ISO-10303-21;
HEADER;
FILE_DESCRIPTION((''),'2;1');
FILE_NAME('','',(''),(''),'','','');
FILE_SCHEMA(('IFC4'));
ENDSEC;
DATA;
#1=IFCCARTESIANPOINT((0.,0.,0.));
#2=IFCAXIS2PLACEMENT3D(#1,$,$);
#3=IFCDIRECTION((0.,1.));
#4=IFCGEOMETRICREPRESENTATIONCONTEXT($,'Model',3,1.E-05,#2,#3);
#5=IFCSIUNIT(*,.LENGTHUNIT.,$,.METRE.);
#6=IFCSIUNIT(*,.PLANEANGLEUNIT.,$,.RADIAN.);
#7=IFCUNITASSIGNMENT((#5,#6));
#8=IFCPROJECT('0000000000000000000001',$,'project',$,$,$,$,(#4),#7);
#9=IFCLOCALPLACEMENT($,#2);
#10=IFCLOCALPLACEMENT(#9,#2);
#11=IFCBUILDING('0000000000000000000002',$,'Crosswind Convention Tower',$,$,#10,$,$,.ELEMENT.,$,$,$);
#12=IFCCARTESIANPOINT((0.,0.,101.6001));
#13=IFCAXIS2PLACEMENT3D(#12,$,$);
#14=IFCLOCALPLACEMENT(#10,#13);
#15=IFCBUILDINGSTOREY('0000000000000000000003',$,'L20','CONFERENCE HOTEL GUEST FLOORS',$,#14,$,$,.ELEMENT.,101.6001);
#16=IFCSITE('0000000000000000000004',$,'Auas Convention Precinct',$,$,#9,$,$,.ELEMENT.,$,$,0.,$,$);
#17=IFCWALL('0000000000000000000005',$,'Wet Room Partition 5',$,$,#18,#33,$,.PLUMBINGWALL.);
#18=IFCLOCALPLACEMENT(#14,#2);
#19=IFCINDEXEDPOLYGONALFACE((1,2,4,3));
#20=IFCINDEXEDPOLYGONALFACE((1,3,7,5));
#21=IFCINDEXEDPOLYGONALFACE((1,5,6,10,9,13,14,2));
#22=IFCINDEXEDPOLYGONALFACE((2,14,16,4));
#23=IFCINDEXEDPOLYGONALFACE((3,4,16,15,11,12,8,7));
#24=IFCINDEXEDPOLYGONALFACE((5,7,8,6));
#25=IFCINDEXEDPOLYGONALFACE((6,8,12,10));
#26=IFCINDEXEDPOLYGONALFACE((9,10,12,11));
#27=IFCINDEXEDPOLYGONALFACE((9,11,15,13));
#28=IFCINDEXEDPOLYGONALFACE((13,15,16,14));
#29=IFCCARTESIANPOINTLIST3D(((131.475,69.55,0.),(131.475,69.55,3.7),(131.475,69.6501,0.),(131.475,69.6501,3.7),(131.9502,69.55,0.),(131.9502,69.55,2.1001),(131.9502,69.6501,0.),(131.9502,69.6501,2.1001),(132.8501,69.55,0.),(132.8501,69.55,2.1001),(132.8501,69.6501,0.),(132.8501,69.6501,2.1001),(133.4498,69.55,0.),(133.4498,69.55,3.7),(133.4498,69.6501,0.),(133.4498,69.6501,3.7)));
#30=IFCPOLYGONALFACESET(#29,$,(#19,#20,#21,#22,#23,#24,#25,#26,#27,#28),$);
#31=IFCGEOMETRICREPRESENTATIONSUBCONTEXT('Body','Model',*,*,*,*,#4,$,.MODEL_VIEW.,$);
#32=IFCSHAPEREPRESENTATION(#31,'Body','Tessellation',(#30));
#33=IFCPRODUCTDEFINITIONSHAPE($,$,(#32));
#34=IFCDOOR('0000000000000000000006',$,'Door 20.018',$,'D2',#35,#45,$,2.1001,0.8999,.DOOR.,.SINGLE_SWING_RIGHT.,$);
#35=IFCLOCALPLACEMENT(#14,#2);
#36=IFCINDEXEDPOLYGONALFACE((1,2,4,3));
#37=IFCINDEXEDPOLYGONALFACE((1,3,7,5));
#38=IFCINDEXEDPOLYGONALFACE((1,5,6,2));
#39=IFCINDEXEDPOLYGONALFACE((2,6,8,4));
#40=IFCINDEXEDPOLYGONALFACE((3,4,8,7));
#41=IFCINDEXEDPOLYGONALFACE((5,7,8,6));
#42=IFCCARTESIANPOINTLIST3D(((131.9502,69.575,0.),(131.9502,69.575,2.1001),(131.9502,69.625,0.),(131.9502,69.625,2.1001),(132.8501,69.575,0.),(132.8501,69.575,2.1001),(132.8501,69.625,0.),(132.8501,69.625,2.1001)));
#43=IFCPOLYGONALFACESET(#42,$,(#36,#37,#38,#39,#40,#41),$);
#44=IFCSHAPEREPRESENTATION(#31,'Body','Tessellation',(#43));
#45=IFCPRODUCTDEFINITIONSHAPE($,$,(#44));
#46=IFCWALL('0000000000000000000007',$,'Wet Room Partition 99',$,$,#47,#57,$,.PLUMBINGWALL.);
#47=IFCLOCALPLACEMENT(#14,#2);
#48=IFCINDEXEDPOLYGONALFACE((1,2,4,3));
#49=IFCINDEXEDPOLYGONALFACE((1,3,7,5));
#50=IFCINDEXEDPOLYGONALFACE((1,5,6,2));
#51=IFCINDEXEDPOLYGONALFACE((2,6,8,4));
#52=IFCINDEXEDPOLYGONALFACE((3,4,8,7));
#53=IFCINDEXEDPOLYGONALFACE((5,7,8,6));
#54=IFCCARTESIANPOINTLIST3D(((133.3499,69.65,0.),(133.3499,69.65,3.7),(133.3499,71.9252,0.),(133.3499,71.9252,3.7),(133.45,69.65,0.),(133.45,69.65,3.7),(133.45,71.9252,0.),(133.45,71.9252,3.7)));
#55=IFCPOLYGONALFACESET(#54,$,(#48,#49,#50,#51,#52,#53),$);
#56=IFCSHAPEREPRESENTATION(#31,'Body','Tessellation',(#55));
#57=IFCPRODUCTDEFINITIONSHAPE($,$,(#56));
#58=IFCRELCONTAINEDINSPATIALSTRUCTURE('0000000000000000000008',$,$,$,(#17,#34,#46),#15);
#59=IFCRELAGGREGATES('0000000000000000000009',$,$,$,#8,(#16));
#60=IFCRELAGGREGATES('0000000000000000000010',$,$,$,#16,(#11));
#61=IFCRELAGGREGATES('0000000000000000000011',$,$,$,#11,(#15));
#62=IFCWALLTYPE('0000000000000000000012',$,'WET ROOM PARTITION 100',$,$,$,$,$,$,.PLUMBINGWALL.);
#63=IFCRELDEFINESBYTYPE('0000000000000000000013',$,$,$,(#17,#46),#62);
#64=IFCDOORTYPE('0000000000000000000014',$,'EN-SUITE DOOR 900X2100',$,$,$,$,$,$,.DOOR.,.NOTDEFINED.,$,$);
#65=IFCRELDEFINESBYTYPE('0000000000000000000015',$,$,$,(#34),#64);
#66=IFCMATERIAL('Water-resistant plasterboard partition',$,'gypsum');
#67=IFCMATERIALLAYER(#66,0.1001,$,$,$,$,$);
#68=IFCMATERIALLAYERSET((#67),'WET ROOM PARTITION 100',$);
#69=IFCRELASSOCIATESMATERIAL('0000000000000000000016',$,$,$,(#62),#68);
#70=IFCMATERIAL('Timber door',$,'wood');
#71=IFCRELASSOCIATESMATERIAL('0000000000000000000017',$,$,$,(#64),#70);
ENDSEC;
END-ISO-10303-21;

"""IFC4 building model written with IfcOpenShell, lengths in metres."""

from ifc_helpers import new_model, si_unit, direction, frame, frame_2d, origin, place, context, subcontext, project, spatial, rectangle, extrude, material, layer, layer_set, type_object, element, fill, save


model = new_model("IFC4")

# Units and contexts
model_context = context("Model", 3, precision=1e-05, world=origin(), true_north=direction((0.0, 1.0)))
body_context = subcontext(model_context, "Body", "Model", "MODEL_VIEW")
ifc_project = project(units=[si_unit("LENGTHUNIT", "METRE"), si_unit("PLANEANGLEUNIT", "RADIAN")], contexts=[model_context])

# Site, building, storey
site_placement = place(None, origin())
site = spatial("IfcSite", under=ifc_project, at=site_placement, Name="Auas Convention Precinct", CompositionType="ELEMENT", RefElevation=0.0)
building_placement = place(site_placement, origin())
building = spatial("IfcBuilding", under=site, at=building_placement, Name="Crosswind Convention Tower", CompositionType="ELEMENT")
storey_placement = place(building_placement, frame((0.0, 0.0, 101.6001)))
storey = spatial("IfcBuildingStorey", under=building, at=storey_placement, Name="L20", Description="CONFERENCE HOTEL GUEST FLOORS", CompositionType="ELEMENT", Elevation=101.6001)

# Wall, opening, door
ifc_material_1 = material(Name="Water-resistant plasterboard partition", Category="gypsum")
ifc_layer_1 = layer(ifc_material_1, 0.1001)
ifc_layer_set_1 = layer_set([ifc_layer_1], Name="WET ROOM PARTITION 100")
wall_type_1 = type_object("IfcWallType", Name="WET ROOM PARTITION 100", PredefinedType="PLUMBINGWALL", material=ifc_layer_set_1)
ifc_material_2 = material(Name="Timber door", Category="wood")
door_type_1 = type_object("IfcDoorType", Name="EN-SUITE DOOR 900X2100", OperationType="NOTDEFINED", PredefinedType="DOOR", material=ifc_material_2)
wall_1_placement = place(storey_placement, frame((131.4751, 69.6001, 0.0), z_axis=(0.0, 0.0, 1.0), x_axis=(1.0, 0.0, 0.0)))
wall_1 = element("IfcWall", 1, at=wall_1_placement, inside=storey, type_object=wall_type_1, Name="Wet Room Partition 5", PredefinedType="PLUMBINGWALL", context=body_context, shape_type="SweptSolid", body=[
    extrude(rectangle(XDim=1.9749, YDim=0.1001, at=frame_2d((0.9873, 0.0))), origin(), (0.0, 0.0, 1.0), 3.7),
])
opening_1_placement = place(wall_1_placement, frame((0.4751, 0.0, 0.0)))
opening_1 = element("IfcOpeningElement", 2, at=opening_1_placement, cuts=wall_1, PredefinedType="OPENING", context=body_context, shape_type="SweptSolid", body=[
    extrude(rectangle(XDim=0.8999, YDim=2.1001, at=frame_2d((0.45, 1.05))), frame((0.0, 0.0601, 0.0), z_axis=(0.0, -1.0, 0.0), x_axis=(1.0, 0.0, 0.0)), (0.0, 0.0, 1.0), 0.1201),
])
door_1_placement = place(opening_1_placement, origin())
door_1 = element("IfcDoor", 3, at=door_1_placement, inside=storey, type_object=door_type_1, Name="Door 20.018", ObjectType="D2", OperationType="SINGLE_SWING_RIGHT", OverallHeight=2.1001, OverallWidth=0.8999, PredefinedType="DOOR", context=body_context, shape_type="SweptSolid", body=[
    extrude(rectangle(XDim=0.8999, YDim=2.1001, at=frame_2d((0.45, 1.05))), frame((0.0, 0.0249, 0.0), z_axis=(0.0, -1.0, 0.0), x_axis=(1.0, 0.0, 0.0)), (0.0, 0.0, 1.0), 0.05),
])
fill(opening_1, door_1)

# Wall
wall_2_placement = place(storey_placement, frame((133.3999, 69.6499, 0.0), z_axis=(0.0, 0.0, 1.0), x_axis=(0.0, 1.0, 0.0)))
element("IfcWall", 4, at=wall_2_placement, inside=storey, type_object=wall_type_1, Name="Wet Room Partition 99", PredefinedType="PLUMBINGWALL", context=body_context, shape_type="SweptSolid", body=[
    extrude(rectangle(XDim=2.2751, YDim=0.1001, at=frame_2d((1.1377, 0.0))), origin(), (0.0, 0.0, 1.0), 3.7),
])

save(model, "model.ifc")
